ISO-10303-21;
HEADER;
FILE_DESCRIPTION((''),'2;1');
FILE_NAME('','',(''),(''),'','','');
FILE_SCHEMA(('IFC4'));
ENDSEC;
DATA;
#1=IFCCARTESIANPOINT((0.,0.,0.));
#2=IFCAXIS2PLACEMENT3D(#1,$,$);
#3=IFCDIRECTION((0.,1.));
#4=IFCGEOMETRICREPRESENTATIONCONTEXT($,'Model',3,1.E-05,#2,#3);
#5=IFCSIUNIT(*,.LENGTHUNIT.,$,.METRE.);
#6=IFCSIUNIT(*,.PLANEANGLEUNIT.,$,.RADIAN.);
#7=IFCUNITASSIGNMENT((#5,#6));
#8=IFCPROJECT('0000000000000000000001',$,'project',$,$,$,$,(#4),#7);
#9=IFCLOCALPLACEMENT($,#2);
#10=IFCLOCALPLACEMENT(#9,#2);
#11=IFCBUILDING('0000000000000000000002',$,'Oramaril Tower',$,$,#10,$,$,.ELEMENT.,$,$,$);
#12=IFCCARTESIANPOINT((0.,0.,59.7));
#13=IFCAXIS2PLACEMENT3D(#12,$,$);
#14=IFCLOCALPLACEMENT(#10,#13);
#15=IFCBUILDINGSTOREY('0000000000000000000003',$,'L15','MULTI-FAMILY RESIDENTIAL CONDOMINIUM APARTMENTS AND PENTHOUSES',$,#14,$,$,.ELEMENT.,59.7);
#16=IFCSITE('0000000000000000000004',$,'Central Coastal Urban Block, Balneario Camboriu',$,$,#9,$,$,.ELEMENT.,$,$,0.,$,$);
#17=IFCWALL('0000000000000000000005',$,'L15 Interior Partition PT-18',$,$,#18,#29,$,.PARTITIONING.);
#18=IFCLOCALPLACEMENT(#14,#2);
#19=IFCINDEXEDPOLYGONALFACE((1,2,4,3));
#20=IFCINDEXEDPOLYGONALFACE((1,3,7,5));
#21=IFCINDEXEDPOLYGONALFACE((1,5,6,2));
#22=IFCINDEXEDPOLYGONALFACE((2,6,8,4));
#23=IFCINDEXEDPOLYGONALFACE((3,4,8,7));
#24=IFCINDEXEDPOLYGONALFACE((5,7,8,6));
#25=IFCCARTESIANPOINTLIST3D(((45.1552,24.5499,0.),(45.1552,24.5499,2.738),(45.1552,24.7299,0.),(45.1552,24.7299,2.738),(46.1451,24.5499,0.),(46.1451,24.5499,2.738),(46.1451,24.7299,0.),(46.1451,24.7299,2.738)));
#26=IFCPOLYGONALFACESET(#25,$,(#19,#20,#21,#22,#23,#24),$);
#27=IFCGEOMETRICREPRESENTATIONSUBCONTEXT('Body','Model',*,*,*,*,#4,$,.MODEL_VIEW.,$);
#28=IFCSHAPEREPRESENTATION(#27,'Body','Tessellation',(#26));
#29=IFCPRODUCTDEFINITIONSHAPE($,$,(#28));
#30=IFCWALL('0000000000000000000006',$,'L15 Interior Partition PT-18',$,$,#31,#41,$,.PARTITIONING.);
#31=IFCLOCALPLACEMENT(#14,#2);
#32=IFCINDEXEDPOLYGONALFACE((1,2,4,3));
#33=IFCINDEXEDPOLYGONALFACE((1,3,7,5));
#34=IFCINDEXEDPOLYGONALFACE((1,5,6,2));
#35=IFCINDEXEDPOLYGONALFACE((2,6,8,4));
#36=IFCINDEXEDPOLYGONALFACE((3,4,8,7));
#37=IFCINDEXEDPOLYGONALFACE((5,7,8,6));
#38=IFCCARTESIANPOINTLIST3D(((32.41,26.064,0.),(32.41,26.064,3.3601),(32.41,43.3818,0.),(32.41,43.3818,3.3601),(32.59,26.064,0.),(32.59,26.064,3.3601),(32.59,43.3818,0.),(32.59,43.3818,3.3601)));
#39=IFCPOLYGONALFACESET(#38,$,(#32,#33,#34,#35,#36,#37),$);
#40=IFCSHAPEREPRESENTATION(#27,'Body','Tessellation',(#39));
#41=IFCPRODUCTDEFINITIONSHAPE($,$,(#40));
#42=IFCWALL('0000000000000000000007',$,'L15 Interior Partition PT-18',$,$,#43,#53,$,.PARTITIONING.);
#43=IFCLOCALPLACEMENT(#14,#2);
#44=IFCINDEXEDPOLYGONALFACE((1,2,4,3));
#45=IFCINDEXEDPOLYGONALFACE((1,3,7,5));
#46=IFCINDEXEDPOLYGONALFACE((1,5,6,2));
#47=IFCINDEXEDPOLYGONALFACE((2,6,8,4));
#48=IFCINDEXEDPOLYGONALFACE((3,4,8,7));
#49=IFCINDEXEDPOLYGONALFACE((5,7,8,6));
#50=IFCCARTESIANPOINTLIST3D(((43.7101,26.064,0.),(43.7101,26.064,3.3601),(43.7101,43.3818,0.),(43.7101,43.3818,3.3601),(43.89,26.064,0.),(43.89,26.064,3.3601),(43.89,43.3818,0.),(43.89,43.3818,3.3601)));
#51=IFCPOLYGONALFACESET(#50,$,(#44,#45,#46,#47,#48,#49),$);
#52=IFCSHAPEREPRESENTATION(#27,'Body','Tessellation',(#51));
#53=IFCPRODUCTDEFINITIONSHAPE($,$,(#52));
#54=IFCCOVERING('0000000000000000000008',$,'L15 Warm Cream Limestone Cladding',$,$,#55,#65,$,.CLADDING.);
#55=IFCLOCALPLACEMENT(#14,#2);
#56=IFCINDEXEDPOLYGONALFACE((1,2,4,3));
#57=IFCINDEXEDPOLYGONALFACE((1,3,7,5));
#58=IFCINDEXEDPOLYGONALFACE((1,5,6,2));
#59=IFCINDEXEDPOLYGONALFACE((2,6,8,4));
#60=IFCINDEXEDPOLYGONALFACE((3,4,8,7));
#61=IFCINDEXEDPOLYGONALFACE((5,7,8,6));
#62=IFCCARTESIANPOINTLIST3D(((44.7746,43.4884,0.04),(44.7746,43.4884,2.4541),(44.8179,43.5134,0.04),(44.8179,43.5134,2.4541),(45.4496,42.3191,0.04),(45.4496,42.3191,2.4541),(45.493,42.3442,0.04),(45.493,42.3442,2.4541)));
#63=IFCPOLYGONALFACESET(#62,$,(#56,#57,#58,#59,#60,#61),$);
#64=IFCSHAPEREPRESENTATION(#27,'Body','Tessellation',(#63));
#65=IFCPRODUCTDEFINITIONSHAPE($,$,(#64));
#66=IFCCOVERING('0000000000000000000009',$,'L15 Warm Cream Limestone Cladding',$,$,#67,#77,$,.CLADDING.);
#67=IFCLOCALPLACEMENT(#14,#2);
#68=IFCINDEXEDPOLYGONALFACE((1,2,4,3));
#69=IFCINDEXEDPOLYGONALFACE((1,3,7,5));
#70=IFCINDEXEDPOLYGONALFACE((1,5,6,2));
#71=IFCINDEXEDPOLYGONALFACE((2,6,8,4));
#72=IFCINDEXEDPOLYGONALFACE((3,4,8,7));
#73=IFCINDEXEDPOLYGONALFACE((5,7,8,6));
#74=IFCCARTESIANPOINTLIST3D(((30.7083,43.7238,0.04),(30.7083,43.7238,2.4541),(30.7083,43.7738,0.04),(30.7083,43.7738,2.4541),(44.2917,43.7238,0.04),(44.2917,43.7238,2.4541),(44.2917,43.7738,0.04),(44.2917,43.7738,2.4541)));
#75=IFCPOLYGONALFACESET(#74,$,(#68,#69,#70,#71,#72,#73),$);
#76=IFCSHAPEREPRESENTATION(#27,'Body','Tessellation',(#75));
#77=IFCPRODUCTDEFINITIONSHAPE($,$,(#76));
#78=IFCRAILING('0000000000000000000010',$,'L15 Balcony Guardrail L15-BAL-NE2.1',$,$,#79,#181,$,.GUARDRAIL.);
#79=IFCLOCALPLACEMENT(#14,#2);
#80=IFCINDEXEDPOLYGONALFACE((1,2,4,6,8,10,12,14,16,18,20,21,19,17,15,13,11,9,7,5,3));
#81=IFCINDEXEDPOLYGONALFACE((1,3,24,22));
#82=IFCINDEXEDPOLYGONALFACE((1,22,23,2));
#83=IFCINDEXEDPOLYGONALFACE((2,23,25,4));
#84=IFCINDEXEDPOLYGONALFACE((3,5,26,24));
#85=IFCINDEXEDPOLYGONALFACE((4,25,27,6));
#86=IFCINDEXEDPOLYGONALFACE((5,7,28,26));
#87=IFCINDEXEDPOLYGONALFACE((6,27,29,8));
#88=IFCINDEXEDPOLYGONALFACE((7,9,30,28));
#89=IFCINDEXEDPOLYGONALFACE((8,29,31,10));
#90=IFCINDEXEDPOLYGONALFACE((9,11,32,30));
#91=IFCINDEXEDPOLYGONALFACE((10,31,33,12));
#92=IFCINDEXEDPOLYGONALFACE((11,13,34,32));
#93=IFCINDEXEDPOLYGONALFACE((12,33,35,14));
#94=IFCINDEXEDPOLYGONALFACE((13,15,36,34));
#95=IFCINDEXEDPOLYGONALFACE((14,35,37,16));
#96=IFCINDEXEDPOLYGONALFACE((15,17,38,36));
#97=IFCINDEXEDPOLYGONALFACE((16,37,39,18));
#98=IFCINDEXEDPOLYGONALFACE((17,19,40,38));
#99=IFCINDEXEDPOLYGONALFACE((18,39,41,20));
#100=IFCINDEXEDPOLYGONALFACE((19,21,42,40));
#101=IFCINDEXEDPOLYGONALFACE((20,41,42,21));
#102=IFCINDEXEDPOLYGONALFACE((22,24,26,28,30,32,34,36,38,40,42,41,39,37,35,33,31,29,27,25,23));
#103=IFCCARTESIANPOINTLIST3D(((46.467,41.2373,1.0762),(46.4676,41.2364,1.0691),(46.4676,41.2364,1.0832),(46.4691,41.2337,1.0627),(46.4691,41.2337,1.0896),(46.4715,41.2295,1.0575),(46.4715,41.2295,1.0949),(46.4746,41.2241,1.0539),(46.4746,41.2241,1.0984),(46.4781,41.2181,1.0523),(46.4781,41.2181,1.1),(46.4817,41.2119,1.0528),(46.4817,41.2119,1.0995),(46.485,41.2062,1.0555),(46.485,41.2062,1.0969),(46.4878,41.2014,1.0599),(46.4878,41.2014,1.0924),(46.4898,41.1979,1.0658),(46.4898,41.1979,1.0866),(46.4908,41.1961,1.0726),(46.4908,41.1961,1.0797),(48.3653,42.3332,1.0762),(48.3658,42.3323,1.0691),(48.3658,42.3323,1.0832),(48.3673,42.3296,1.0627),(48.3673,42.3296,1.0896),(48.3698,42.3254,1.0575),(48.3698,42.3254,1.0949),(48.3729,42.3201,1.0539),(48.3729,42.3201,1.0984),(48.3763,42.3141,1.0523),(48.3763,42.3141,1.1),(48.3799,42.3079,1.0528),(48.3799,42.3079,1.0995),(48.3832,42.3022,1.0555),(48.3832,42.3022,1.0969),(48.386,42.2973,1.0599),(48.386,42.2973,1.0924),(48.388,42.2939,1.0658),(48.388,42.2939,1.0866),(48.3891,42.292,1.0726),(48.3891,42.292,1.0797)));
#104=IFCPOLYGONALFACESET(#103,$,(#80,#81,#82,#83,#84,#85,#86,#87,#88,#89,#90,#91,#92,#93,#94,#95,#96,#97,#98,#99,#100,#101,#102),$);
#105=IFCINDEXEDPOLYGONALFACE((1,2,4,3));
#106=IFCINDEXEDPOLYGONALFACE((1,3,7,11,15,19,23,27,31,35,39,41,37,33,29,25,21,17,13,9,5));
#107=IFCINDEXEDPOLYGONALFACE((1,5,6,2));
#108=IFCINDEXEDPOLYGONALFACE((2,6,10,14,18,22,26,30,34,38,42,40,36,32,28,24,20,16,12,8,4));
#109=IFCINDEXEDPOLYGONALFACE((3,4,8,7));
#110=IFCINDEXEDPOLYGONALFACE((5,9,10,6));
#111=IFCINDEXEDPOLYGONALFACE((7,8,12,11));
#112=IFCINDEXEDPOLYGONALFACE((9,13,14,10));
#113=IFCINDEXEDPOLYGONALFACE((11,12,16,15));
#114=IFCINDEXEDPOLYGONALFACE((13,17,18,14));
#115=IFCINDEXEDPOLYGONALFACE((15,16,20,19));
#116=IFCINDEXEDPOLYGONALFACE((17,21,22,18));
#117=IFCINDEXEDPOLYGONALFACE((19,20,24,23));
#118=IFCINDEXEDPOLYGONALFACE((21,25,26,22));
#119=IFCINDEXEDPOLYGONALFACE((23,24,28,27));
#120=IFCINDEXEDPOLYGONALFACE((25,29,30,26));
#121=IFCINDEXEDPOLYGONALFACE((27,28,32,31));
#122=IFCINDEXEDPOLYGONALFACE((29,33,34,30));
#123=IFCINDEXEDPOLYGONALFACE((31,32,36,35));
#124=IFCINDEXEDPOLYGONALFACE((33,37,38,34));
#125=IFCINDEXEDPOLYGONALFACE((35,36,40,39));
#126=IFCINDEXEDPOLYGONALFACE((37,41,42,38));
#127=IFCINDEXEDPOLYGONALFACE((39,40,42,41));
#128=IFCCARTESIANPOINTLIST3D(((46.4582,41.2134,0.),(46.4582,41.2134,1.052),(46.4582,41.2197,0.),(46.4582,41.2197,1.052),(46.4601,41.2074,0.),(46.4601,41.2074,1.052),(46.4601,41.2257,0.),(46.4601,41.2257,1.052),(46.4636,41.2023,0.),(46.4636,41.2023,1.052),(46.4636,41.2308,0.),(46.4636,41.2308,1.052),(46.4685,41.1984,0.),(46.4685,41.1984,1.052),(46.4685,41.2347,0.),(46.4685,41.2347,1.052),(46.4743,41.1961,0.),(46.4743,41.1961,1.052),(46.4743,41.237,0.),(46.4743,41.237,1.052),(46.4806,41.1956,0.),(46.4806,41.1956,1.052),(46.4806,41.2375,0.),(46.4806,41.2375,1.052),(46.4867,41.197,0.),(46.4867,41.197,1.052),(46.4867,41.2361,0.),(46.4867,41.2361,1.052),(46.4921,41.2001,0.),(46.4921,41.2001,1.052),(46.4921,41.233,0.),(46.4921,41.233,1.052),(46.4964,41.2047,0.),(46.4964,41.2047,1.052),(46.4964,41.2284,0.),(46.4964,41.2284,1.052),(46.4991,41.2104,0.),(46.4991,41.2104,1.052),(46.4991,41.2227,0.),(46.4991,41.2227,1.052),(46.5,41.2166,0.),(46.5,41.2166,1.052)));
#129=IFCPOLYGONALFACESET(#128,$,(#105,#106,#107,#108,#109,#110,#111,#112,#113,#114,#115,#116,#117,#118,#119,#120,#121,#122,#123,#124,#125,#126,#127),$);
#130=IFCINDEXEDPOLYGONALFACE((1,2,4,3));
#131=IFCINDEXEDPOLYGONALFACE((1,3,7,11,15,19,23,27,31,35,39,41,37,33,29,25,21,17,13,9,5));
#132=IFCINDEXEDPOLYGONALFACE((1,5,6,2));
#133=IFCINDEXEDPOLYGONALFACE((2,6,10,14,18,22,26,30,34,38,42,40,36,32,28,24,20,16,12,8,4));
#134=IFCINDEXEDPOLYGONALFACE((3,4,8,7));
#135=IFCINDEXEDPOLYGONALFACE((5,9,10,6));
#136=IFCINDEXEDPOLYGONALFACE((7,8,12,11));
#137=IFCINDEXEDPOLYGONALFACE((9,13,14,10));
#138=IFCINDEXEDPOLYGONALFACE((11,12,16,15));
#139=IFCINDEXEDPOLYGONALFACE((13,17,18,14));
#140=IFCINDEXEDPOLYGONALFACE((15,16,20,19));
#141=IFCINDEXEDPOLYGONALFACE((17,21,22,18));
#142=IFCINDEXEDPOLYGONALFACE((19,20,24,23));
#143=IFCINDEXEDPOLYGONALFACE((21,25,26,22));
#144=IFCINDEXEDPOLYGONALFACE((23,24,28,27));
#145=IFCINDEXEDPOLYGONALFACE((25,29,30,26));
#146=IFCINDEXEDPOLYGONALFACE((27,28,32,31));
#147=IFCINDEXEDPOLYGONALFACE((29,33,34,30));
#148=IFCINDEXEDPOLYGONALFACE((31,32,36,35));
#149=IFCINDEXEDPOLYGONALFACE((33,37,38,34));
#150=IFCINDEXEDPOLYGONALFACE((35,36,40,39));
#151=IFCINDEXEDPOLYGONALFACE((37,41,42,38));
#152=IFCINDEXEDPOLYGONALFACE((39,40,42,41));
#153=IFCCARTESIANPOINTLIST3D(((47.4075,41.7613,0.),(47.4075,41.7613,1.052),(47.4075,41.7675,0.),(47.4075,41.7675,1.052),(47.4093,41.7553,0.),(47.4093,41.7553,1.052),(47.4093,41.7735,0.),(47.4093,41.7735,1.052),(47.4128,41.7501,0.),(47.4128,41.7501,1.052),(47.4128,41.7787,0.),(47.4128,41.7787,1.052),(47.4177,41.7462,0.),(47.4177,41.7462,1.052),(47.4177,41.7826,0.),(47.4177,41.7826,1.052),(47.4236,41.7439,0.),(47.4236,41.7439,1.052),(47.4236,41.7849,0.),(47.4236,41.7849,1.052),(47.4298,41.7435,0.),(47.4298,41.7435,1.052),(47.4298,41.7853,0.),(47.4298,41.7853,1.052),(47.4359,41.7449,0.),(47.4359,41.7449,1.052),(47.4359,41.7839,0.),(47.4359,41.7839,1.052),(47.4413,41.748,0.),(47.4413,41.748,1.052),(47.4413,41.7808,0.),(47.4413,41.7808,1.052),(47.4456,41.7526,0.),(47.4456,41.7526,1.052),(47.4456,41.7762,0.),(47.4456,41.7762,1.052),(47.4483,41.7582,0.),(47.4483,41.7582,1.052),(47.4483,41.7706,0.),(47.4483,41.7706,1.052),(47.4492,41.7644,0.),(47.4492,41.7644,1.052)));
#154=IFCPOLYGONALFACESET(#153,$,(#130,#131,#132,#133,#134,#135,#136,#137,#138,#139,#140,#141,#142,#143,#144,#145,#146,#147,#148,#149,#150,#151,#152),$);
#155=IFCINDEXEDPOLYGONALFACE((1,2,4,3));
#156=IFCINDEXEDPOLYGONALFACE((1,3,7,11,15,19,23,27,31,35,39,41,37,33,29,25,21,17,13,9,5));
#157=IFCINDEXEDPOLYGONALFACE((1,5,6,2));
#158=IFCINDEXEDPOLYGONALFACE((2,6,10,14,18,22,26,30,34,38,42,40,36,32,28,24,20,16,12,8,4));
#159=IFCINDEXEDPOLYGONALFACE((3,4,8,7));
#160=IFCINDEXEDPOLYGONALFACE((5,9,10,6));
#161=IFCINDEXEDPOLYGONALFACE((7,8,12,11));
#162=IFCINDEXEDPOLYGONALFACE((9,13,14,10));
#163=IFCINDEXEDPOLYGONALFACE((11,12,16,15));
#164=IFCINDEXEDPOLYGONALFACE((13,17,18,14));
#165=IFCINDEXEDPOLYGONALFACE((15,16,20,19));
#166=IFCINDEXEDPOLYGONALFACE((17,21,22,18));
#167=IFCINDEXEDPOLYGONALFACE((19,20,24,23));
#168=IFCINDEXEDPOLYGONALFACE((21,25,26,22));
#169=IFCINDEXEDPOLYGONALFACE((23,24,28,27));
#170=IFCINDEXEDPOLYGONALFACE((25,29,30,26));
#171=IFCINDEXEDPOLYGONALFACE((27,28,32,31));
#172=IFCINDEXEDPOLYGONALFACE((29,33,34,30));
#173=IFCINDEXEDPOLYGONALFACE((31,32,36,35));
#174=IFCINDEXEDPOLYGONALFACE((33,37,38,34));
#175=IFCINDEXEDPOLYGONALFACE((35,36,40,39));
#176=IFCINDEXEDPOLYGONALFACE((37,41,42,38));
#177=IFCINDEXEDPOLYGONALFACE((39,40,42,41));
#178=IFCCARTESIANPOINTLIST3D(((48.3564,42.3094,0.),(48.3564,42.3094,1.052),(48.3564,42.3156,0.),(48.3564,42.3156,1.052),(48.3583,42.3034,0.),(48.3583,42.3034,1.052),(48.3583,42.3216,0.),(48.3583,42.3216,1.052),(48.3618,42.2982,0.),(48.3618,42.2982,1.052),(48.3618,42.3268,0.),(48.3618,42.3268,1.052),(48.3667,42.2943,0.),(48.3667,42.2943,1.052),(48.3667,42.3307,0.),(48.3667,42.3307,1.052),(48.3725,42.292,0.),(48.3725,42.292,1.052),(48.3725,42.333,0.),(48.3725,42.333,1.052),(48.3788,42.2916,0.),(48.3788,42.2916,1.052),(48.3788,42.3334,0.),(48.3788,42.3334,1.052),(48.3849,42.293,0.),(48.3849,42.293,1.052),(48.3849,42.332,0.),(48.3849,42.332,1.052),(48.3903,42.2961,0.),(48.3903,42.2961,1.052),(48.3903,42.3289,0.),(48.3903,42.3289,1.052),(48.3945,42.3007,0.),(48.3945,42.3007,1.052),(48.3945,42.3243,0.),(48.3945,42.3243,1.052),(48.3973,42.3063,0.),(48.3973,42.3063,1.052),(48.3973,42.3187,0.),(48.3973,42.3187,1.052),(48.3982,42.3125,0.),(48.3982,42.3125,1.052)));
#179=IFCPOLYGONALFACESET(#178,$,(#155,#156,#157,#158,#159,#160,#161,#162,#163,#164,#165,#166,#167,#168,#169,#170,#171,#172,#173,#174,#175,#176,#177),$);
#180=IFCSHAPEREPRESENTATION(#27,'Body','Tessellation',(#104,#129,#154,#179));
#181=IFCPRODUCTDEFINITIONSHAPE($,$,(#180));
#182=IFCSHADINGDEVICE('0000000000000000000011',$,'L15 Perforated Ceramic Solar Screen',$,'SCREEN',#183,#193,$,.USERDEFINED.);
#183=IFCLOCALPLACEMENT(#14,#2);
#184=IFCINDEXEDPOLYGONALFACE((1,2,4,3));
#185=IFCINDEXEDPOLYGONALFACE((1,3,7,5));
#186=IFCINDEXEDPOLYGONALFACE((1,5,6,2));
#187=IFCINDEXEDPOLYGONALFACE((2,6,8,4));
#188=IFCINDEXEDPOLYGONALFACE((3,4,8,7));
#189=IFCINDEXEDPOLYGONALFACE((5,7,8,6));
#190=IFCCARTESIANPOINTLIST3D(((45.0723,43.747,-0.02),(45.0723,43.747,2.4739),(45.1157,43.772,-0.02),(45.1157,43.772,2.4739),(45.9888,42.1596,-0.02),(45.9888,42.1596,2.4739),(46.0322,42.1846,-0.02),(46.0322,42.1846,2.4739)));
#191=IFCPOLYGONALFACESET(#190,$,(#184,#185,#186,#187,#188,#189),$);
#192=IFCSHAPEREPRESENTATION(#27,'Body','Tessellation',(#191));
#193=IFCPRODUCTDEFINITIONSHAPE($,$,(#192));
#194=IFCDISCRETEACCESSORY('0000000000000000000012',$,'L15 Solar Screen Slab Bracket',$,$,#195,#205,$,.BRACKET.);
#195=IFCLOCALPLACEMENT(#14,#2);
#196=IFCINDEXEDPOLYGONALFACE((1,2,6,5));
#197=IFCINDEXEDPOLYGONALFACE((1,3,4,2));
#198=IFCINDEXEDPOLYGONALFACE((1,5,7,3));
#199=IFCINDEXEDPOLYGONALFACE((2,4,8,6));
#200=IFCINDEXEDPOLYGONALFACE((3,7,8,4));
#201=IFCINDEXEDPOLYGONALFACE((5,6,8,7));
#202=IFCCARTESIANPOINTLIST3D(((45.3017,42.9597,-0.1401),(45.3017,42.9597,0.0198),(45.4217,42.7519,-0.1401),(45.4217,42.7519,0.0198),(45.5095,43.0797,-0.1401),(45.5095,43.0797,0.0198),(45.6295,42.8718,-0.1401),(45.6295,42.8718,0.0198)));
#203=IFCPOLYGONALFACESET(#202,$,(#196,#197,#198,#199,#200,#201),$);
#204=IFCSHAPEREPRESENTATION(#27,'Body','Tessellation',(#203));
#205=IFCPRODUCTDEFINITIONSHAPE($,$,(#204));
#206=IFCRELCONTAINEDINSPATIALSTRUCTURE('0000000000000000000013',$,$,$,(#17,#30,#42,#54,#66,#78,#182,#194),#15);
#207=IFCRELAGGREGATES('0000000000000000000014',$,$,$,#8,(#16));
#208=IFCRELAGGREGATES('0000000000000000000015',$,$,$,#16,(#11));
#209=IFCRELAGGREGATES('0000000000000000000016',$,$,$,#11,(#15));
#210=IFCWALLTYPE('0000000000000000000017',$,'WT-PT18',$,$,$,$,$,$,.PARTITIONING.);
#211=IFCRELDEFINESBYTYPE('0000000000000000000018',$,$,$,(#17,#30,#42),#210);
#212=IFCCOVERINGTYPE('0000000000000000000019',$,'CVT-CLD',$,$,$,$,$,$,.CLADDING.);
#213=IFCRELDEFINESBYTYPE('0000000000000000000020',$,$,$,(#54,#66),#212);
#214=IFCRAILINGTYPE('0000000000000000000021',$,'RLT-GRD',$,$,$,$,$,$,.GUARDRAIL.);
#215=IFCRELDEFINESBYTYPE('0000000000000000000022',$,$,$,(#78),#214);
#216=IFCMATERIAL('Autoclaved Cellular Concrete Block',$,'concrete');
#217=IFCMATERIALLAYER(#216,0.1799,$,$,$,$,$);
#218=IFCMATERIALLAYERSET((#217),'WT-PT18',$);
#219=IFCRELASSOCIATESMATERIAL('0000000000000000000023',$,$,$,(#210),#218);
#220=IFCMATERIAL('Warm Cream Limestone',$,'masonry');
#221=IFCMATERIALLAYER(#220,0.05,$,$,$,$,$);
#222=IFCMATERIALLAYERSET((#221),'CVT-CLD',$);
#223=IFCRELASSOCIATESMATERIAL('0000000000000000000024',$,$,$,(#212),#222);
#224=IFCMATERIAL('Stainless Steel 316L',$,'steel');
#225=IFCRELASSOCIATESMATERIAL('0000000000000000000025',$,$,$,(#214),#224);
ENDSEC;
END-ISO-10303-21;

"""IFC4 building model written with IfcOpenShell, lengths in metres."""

from ifc_helpers import new_model, si_unit, direction, frame, frame_2d, origin, origin_2d, place, context, subcontext, project, spatial, rectangle, circle, extrude, material, layer, layer_set, type_object, element, save


model = new_model("IFC4")

# Units and contexts
model_context = context("Model", 3, precision=1e-05, world=origin(), true_north=direction((0.0, 1.0)))
body_context = subcontext(model_context, "Body", "Model", "MODEL_VIEW")
ifc_project = project(units=[si_unit("LENGTHUNIT", "METRE"), si_unit("PLANEANGLEUNIT", "RADIAN")], contexts=[model_context])

# Site, building, storey
site_placement = place(None, origin())
site = spatial("IfcSite", under=ifc_project, at=site_placement, Name="Central Coastal Urban Block, Balneario Camboriu", CompositionType="ELEMENT", RefElevation=0.0)
building_placement = place(site_placement, origin())
building = spatial("IfcBuilding", under=site, at=building_placement, Name="Oramaril Tower", CompositionType="ELEMENT")
storey_placement = place(building_placement, frame((0.0, 0.0, 59.7)))
storey = spatial("IfcBuildingStorey", under=building, at=storey_placement, Name="L15", Description="MULTI-FAMILY RESIDENTIAL CONDOMINIUM APARTMENTS AND PENTHOUSES", CompositionType="ELEMENT", Elevation=59.7)

# Walls
ifc_material_1 = material(Name="Autoclaved Cellular Concrete Block", Category="concrete")
ifc_layer_1 = layer(ifc_material_1, 0.1799)
ifc_layer_set_1 = layer_set([ifc_layer_1], Name="WT-PT18")
wall_type_1 = type_object("IfcWallType", Name="WT-PT18", PredefinedType="PARTITIONING", material=ifc_layer_set_1)
wall_1_placement = place(storey_placement, frame((45.155, 24.6399, 0.0), z_axis=(0.0, 0.0, 1.0), x_axis=(1.0, 0.0, 0.0)))
element("IfcWall", 1, at=wall_1_placement, inside=storey, type_object=wall_type_1, Name="L15 Interior Partition PT-18", PredefinedType="PARTITIONING", context=body_context, shape_type="SweptSolid", body=[
    extrude(rectangle(XDim=0.99, YDim=0.1799, at=frame_2d((0.4951, 0.0))), origin(), (0.0, 0.0, 1.0), 2.738),
])
for number, where, z_axis, x_axis, name in (
    (2, (32.5, 26.064, 0.0), (0.0, 0.0, 1.0), (0.0, 1.0, 0.0), "L15 Interior Partition PT-18"),
    (3, (43.8, 26.064, 0.0), (0.0, 0.0, 1.0), (0.0, 1.0, 0.0), "L15 Interior Partition PT-18"),
):
    element("IfcWall", number, at=place(storey_placement, frame(where, z_axis=z_axis, x_axis=x_axis)), inside=storey, type_object=wall_type_1, Name=name, PredefinedType="PARTITIONING", context=body_context, shape_type="SweptSolid", body=[
        extrude(rectangle(XDim=17.3179, YDim=0.1799, at=frame_2d((8.6589, 0.0))), origin(), (0.0, 0.0, 1.0), 3.3601),
    ])

# Coverings
ifc_material_2 = material(Name="Warm Cream Limestone", Category="masonry")
ifc_layer_2 = layer(ifc_material_2, 0.05)
ifc_layer_set_2 = layer_set([ifc_layer_2], Name="CVT-CLD")
covering_type = type_object("IfcCoveringType", Name="CVT-CLD", PredefinedType="CLADDING", material=ifc_layer_set_2)
covering_1_placement = place(storey_placement, frame((45.1338, 42.9163, 0.04), z_axis=(0.0, 0.0, 1.0), x_axis=(-0.499998, 0.866026, 0.0)))
element("IfcCovering", 4, at=covering_1_placement, inside=storey, type_object=covering_type, Name="L15 Warm Cream Limestone Cladding", PredefinedType="CLADDING", context=body_context, shape_type="SweptSolid", body=[
    extrude(rectangle(XDim=1.3501, YDim=0.05, at=origin_2d()), origin(), (0.0, 0.0, 1.0), 2.4141),
])
covering_2_placement = place(storey_placement, frame((37.5, 43.7488, 0.04), z_axis=(0.0, 0.0, 1.0), x_axis=(-1.0, 0.0, 0.0)))
element("IfcCovering", 5, at=covering_2_placement, inside=storey, type_object=covering_type, Name="L15 Warm Cream Limestone Cladding", PredefinedType="CLADDING", context=body_context, shape_type="SweptSolid", body=[
    extrude(rectangle(XDim=13.5835, YDim=0.05, at=origin_2d()), origin(), (0.0, 0.0, 1.0), 2.4141),
])

# Railing
ifc_material_3 = material(Name="Stainless Steel 316L", Category="steel")
railing_type = type_object("IfcRailingType", Name="RLT-GRD", PredefinedType="GUARDRAIL", material=ifc_material_3)
railing_placement = place(storey_placement, frame((46.479, 41.2166, 0.0)))
element("IfcRailing", 6, at=railing_placement, inside=storey, type_object=railing_type, Name="L15 Balcony Guardrail L15-BAL-NE2.1", PredefinedType="GUARDRAIL", context=body_context, shape_type="SweptSolid", body=[
    extrude(circle(Radius=0.0239, at=origin_2d()), frame((0.0, 0.0, 1.0762), z_axis=(0.866021, 0.500008, 0.0), x_axis=(-0.500008, 0.866021, 0.0)), (0.0, 0.0, 1.0), 2.1919),
    extrude(circle(Radius=0.021, at=origin_2d()), origin(), (0.0, 0.0, 1.0), 1.052),
    extrude(circle(Radius=0.021, at=origin_2d()), frame((0.9492, 0.5479, 0.0)), (0.0, 0.0, 1.0), 1.052),
    extrude(circle(Radius=0.021, at=origin_2d()), frame((1.8982, 1.0959, 0.0)), (0.0, 0.0, 1.0), 1.052),
])

# Shading device
shading_device_placement = place(storey_placement, frame((45.5522, 42.9658, -0.02), z_axis=(0.0, 0.0, 1.0), x_axis=(-0.499998, 0.866026, 0.0)))
element("IfcShadingDevice", 7, at=shading_device_placement, inside=storey, Name="L15 Perforated Ceramic Solar Screen", ObjectType="SCREEN", PredefinedType="USERDEFINED", context=body_context, shape_type="SweptSolid", body=[
    extrude(rectangle(XDim=1.833, YDim=0.05, at=origin_2d()), origin(), (0.0, 0.0, 1.0), 2.4939),
])

# Discrete accessory
discrete_accessory_placement = place(storey_placement, frame((45.4656, 42.9158, -0.1401), z_axis=(0.0, 0.0, 1.0), x_axis=(-0.499998, 0.866026, 0.0)))
element("IfcDiscreteAccessory", 8, at=discrete_accessory_placement, inside=storey, Name="L15 Solar Screen Slab Bracket", PredefinedType="BRACKET", context=body_context, shape_type="SweptSolid", body=[
    extrude(rectangle(XDim=0.24, YDim=0.24, at=origin_2d()), origin(), (0.0, 0.0, 1.0), 0.1599),
])

save(model, "model.ifc")
